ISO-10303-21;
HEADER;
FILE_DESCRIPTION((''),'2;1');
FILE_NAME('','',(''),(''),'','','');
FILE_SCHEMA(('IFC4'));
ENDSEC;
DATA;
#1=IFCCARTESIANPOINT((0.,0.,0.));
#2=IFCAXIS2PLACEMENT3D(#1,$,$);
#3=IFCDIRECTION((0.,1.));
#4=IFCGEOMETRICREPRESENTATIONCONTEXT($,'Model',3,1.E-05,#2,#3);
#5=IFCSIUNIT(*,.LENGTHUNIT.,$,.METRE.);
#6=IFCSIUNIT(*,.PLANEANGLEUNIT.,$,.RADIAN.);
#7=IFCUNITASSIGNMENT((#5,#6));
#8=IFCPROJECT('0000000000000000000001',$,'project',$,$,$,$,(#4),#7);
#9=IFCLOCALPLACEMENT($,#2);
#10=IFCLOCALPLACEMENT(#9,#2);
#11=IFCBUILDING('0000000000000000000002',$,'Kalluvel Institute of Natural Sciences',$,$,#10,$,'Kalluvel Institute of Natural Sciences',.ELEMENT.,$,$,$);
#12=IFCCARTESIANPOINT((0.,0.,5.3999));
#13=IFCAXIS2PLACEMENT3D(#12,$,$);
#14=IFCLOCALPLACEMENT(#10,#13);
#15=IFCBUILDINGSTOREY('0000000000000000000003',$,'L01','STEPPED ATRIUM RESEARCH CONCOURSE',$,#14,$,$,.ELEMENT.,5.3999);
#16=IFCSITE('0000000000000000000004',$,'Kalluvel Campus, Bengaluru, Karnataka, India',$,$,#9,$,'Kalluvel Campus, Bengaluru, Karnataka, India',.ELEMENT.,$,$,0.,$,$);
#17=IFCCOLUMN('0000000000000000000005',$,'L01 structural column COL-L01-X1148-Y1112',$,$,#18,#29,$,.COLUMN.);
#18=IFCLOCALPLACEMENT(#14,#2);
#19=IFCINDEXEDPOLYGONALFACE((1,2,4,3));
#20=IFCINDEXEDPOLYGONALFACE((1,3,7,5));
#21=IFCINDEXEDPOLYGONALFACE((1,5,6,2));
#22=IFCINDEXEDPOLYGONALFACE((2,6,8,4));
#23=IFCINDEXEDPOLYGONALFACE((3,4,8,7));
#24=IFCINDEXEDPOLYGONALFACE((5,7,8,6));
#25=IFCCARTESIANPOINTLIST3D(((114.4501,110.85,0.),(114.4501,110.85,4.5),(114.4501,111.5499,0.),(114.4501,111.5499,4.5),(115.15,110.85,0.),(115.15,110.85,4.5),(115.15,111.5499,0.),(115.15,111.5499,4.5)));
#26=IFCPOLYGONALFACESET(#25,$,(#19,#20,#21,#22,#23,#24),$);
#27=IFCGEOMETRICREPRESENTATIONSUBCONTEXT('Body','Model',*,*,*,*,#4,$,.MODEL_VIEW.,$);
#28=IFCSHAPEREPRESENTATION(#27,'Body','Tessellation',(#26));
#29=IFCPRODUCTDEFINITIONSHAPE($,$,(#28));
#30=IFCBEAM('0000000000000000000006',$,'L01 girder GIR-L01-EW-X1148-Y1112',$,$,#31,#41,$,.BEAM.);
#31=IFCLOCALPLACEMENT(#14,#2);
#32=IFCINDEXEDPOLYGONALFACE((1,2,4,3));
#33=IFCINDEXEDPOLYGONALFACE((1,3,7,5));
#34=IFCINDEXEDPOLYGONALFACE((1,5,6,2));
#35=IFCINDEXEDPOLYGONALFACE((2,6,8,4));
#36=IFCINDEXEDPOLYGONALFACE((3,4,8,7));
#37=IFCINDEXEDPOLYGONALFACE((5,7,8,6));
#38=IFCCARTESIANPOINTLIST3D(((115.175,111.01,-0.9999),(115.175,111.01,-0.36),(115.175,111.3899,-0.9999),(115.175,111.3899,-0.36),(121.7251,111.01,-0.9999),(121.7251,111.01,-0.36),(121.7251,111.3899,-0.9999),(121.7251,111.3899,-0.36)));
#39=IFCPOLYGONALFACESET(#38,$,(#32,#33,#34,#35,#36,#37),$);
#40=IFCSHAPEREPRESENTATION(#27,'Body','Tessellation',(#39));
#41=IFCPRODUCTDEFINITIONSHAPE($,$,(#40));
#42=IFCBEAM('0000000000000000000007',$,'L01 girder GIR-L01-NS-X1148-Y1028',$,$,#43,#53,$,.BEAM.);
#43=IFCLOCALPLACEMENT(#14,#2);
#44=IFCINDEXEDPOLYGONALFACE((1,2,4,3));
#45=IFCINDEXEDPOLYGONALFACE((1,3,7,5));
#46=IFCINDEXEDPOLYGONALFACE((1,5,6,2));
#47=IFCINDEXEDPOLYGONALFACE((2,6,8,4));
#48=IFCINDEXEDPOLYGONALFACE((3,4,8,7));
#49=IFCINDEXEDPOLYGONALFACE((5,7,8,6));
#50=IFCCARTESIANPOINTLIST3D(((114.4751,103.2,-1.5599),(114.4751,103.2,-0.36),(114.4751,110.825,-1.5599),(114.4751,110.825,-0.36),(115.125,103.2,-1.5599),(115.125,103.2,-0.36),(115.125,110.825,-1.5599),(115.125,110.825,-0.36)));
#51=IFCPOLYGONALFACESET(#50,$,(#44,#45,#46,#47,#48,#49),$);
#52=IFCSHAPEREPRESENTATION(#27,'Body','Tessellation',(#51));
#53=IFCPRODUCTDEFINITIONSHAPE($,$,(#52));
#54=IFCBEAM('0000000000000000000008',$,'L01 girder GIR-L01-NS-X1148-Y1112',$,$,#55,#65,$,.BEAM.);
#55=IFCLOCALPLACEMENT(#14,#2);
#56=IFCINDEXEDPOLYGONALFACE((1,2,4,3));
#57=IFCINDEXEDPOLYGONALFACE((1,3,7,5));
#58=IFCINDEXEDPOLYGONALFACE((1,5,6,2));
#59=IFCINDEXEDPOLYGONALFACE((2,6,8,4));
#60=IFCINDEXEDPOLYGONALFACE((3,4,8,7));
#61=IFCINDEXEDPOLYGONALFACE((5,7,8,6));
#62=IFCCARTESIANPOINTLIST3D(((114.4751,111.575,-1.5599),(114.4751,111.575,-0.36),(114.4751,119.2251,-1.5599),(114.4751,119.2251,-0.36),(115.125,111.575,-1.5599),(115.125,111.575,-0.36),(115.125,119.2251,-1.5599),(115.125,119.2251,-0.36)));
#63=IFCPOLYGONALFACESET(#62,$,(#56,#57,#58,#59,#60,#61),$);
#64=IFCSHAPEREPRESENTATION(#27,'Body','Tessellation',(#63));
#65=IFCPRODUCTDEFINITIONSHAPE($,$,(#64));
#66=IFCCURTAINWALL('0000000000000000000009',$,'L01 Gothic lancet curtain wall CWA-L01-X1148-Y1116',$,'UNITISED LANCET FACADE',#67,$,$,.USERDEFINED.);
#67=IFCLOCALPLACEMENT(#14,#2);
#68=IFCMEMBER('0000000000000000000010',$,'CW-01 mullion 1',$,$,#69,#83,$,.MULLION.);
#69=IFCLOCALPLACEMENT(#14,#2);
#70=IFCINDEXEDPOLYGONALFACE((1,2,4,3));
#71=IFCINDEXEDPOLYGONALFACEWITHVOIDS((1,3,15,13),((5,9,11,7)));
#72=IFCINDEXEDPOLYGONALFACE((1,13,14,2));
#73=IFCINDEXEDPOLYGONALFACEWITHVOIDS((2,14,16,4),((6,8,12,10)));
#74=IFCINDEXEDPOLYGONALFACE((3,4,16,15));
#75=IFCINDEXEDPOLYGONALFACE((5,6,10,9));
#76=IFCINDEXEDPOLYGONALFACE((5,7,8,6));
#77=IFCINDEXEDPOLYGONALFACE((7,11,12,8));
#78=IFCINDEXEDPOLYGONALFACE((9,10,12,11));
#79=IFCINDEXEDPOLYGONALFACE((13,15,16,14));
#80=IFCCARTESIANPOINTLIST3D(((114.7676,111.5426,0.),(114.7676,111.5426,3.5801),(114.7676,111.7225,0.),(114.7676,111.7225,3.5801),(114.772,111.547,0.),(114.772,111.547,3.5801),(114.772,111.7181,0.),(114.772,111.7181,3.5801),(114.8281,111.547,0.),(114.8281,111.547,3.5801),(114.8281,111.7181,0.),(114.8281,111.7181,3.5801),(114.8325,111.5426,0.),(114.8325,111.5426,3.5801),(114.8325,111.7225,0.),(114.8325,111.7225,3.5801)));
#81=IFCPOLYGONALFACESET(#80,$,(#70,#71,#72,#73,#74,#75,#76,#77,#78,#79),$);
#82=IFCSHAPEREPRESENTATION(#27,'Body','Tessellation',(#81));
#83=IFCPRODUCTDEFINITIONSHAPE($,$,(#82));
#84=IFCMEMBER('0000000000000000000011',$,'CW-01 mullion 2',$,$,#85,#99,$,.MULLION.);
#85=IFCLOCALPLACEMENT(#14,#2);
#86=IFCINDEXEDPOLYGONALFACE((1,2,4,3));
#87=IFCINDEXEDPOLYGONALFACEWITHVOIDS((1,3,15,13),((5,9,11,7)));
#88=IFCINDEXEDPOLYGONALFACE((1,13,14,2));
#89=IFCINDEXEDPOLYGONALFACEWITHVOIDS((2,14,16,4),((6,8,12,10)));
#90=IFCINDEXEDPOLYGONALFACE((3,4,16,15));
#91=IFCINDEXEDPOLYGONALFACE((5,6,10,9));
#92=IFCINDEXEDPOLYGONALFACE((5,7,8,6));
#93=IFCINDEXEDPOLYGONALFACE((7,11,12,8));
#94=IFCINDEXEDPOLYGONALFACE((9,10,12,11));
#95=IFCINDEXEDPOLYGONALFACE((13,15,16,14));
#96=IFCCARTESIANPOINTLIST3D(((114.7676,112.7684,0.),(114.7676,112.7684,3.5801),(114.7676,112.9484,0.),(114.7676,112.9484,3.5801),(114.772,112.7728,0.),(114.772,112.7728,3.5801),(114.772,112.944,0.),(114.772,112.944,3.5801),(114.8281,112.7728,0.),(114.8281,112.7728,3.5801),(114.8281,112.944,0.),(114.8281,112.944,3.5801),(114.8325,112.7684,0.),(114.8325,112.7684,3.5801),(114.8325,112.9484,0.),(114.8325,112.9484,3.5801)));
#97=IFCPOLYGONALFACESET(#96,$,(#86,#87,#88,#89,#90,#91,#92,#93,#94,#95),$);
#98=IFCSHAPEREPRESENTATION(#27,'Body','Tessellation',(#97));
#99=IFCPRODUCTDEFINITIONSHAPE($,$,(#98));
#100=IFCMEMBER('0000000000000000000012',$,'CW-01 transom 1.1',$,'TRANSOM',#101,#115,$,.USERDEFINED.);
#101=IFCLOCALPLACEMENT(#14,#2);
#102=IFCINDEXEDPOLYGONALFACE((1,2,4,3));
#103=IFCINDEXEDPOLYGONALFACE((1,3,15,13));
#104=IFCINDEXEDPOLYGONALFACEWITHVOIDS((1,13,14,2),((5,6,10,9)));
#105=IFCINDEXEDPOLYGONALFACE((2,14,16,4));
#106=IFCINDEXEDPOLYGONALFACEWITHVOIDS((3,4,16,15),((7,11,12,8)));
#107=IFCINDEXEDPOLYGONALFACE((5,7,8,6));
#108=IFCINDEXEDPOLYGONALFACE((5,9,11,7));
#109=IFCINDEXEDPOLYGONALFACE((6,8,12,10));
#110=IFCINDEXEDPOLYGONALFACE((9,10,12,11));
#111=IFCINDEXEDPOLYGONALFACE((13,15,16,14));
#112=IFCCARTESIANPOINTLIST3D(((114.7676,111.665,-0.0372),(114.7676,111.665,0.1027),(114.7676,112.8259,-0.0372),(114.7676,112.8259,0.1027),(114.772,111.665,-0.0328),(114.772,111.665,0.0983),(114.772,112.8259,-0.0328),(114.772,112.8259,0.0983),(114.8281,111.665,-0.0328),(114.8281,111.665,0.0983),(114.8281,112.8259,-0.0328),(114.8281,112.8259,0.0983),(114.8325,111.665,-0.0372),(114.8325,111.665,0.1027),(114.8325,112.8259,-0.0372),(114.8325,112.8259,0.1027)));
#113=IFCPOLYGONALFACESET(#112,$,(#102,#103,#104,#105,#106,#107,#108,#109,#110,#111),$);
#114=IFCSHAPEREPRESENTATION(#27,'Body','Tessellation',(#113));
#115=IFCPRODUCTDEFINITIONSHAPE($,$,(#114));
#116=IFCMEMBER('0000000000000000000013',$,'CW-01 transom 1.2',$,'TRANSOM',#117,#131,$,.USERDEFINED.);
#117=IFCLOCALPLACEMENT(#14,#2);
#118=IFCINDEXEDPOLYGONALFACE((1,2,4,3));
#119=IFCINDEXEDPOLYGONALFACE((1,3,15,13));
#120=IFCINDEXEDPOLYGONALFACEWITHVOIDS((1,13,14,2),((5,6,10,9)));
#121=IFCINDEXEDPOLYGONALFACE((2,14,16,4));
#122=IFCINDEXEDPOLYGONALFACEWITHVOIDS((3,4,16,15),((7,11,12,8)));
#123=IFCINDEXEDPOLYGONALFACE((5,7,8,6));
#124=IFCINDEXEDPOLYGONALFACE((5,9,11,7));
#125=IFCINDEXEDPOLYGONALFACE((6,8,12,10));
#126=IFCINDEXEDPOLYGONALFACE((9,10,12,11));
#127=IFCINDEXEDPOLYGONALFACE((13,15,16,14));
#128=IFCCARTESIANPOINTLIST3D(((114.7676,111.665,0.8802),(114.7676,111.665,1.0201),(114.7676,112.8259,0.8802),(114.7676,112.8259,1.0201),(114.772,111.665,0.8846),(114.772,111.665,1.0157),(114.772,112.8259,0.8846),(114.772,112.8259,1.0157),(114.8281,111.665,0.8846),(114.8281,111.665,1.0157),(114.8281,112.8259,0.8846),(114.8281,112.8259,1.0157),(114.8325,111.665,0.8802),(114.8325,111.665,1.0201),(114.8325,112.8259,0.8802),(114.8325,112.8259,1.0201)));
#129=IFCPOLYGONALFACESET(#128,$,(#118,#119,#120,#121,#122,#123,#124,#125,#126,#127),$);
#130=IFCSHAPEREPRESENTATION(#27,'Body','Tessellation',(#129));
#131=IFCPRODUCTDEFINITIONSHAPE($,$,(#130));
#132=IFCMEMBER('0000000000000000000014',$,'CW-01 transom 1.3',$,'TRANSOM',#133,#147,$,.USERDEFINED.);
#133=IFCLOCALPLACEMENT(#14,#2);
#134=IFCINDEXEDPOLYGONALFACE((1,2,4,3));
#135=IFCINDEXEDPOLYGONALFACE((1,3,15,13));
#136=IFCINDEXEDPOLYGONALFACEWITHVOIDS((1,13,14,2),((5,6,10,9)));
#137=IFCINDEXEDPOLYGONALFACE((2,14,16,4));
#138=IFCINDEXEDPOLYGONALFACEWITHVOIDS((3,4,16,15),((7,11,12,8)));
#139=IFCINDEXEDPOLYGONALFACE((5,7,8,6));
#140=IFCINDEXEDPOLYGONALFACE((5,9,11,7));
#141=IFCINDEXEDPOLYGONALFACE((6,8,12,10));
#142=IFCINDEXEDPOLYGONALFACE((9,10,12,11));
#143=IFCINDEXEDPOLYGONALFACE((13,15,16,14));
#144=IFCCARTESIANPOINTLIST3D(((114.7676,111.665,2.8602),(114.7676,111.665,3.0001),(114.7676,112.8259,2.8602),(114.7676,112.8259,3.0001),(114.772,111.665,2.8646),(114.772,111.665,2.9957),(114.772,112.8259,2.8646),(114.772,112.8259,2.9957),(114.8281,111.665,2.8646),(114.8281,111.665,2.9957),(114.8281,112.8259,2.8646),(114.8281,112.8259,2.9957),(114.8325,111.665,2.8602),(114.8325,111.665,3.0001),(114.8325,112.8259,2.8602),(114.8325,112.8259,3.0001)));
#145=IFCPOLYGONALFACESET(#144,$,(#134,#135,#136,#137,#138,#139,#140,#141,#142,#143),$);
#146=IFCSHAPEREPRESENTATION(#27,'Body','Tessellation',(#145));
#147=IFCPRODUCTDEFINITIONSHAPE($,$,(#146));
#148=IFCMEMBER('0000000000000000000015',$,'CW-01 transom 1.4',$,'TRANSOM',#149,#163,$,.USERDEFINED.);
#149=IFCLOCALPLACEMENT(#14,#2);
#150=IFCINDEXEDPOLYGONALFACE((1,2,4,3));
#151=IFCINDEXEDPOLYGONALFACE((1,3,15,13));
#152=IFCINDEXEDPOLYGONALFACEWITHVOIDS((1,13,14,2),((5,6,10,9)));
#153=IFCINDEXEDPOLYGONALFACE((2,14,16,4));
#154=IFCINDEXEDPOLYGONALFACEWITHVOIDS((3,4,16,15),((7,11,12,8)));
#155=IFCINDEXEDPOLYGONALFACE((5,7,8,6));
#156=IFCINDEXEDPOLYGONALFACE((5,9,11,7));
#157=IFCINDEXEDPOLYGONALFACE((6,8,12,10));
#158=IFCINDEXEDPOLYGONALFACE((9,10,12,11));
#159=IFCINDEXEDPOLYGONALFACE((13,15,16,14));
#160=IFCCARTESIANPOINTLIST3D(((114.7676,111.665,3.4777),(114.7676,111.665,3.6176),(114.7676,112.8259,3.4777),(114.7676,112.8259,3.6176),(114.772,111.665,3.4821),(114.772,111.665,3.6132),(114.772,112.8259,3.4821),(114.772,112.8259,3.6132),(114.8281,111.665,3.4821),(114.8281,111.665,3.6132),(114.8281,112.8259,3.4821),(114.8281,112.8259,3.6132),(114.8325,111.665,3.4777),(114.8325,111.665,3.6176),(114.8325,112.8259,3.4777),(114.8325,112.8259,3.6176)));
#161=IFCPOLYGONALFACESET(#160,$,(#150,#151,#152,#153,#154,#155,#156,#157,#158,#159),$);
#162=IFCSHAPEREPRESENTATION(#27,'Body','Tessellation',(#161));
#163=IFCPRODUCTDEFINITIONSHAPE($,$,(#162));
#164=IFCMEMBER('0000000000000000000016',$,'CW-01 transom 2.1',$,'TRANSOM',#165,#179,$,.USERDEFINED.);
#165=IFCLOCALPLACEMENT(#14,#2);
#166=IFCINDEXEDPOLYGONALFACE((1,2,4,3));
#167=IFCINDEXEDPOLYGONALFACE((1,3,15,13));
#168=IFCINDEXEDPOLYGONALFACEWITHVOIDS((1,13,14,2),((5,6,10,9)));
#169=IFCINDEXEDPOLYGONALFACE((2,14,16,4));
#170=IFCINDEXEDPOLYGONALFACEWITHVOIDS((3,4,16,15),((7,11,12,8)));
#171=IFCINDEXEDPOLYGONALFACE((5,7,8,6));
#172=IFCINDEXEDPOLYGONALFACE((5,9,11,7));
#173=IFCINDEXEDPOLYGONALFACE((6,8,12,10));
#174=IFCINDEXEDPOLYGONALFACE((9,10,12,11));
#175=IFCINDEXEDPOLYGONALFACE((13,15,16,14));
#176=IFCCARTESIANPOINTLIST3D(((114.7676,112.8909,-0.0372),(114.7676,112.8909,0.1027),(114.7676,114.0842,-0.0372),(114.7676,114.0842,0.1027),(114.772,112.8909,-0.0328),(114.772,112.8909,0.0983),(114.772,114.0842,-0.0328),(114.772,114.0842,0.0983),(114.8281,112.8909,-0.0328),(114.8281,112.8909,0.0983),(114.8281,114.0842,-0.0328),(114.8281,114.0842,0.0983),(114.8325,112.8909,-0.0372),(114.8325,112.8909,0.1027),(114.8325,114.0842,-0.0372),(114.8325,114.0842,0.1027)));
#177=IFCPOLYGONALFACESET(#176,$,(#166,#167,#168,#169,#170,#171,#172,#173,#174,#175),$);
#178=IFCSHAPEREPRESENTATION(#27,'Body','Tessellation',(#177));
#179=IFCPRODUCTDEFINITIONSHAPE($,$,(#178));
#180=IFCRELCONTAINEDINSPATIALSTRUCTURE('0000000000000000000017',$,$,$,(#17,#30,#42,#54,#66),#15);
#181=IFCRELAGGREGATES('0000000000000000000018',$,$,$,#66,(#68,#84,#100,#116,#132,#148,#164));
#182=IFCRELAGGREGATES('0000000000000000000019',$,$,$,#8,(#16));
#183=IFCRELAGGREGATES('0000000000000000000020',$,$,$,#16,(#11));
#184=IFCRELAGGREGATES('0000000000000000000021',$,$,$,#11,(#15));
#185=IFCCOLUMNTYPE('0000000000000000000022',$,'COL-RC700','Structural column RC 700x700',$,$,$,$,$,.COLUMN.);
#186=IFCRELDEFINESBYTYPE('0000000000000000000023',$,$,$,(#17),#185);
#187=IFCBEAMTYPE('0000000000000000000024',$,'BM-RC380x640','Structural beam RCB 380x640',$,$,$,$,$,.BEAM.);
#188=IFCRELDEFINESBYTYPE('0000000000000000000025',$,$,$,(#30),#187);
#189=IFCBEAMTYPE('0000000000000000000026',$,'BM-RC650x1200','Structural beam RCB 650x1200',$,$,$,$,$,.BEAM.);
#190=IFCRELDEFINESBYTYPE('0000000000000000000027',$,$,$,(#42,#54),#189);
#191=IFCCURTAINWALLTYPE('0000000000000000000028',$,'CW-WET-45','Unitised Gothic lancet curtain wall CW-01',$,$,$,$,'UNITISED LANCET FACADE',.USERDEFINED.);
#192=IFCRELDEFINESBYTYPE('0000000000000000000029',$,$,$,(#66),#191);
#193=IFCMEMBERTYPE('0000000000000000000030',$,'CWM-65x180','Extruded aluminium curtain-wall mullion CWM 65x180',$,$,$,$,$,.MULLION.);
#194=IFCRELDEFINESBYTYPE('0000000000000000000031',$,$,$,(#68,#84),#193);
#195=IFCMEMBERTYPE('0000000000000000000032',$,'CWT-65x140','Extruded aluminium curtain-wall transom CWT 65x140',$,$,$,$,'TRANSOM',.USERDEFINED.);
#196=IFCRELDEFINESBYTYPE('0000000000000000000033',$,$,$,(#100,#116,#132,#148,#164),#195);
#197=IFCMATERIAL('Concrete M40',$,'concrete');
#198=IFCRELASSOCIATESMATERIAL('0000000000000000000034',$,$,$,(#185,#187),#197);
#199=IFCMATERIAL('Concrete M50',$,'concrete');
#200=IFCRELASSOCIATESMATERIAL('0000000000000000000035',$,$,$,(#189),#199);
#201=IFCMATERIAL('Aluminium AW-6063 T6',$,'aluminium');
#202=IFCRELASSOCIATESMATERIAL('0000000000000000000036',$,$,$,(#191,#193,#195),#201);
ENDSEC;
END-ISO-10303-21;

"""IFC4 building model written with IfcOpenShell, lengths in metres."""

from ifc_helpers import new_model, si_unit, direction, frame, origin, origin_2d, place, context, subcontext, project, spatial, rectangle, hollow_rectangle, extrude, material, material_profile, profile_set, type_object, element, aggregate, save


model = new_model("IFC4")

# Units and contexts
model_context = context("Model", 3, precision=1e-05, world=origin(), true_north=direction((0.0, 1.0)))
body_context = subcontext(model_context, "Body", "Model", "MODEL_VIEW")
ifc_project = project(units=[si_unit("LENGTHUNIT", "METRE"), si_unit("PLANEANGLEUNIT", "RADIAN")], contexts=[model_context])

# Site, building, storey
site_placement = place(None, origin())
site = spatial("IfcSite", under=ifc_project, at=site_placement, Name="Kalluvel Campus, Bengaluru, Karnataka, India", LongName="Kalluvel Campus, Bengaluru, Karnataka, India", CompositionType="ELEMENT", RefElevation=0.0)
building_placement = place(site_placement, origin())
building = spatial("IfcBuilding", under=site, at=building_placement, Name="Kalluvel Institute of Natural Sciences", LongName="Kalluvel Institute of Natural Sciences", CompositionType="ELEMENT")
storey_placement = place(building_placement, frame((0.0, 0.0, 5.3999)))
storey = spatial("IfcBuildingStorey", under=building, at=storey_placement, Name="L01", Description="STEPPED ATRIUM RESEARCH CONCOURSE", CompositionType="ELEMENT", Elevation=5.3999)

# Column
ifc_material_1 = material(Name="Concrete M40", Category="concrete")
ifc_material_profile_1 = material_profile(ifc_material_1, rectangle(XDim=0.7, YDim=0.7, at=origin_2d()), Name="RC 700x700")
ifc_profile_set_1 = profile_set([ifc_material_profile_1], Name="Concrete M40")
column_type = type_object("IfcColumnType", Name="COL-RC700", Description="Structural column RC 700x700", PredefinedType="COLUMN", material=ifc_profile_set_1)
column_placement = place(storey_placement, frame((114.8, 111.2, 0.0), z_axis=(0.0, 0.0, 1.0), x_axis=(1.0, 0.0, 0.0)))
element("IfcColumn", 1, at=column_placement, inside=storey, type_object=column_type, Name="L01 structural column COL-L01-X1148-Y1112", PredefinedType="COLUMN", context=body_context, shape_type="SweptSolid", body=[
    extrude(rectangle(XDim=0.7, YDim=0.7, at=origin_2d()), origin(), (0.0, 0.0, 1.0), 4.5),
])

# Beams
ifc_material_profile_2 = material_profile(ifc_material_1, rectangle(XDim=0.3799, YDim=0.6399, at=origin_2d()), Name="RCB 380x640")
ifc_profile_set_2 = profile_set([ifc_material_profile_2], Name="Concrete M40")
beam_type_1 = type_object("IfcBeamType", Name="BM-RC380x640", Description="Structural beam RCB 380x640", PredefinedType="BEAM", material=ifc_profile_set_2)
beam_1_placement = place(storey_placement, frame((115.175, 111.2, -0.6799), z_axis=(1.0, 0.0, 0.0), x_axis=(0.0, 1.0, 0.0)))
element("IfcBeam", 2, at=beam_1_placement, inside=storey, type_object=beam_type_1, Name="L01 girder GIR-L01-EW-X1148-Y1112", PredefinedType="BEAM", context=body_context, shape_type="SweptSolid", body=[
    extrude(rectangle(XDim=0.3799, YDim=0.6399, at=origin_2d()), origin(), (0.0, 0.0, 1.0), 6.55),
])
ifc_material_2 = material(Name="Concrete M50", Category="concrete")
ifc_material_profile_3 = material_profile(ifc_material_2, rectangle(XDim=0.6499, YDim=1.2, at=origin_2d()), Name="RCB 650x1200")
ifc_profile_set_3 = profile_set([ifc_material_profile_3], Name="Concrete M50")
beam_type_2 = type_object("IfcBeamType", Name="BM-RC650x1200", Description="Structural beam RCB 650x1200", PredefinedType="BEAM", material=ifc_profile_set_3)
beam_2_placement = place(storey_placement, frame((114.8, 103.2, -0.96), z_axis=(0.0, 1.0, 0.0), x_axis=(-1.0, 0.0, 0.0)))
element("IfcBeam", 3, at=beam_2_placement, inside=storey, type_object=beam_type_2, Name="L01 girder GIR-L01-NS-X1148-Y1028", PredefinedType="BEAM", context=body_context, shape_type="SweptSolid", body=[
    extrude(rectangle(XDim=0.6499, YDim=1.2, at=origin_2d()), origin(), (0.0, 0.0, 1.0), 7.625),
])
beam_3_placement = place(storey_placement, frame((114.8, 111.575, -0.96), z_axis=(0.0, 1.0, 0.0), x_axis=(-1.0, 0.0, 0.0)))
element("IfcBeam", 4, at=beam_3_placement, inside=storey, type_object=beam_type_2, Name="L01 girder GIR-L01-NS-X1148-Y1112", PredefinedType="BEAM", context=body_context, shape_type="SweptSolid", body=[
    extrude(rectangle(XDim=0.6499, YDim=1.2, at=origin_2d()), origin(), (0.0, 0.0, 1.0), 7.6501),
])

# Curtain wall, members
ifc_material_3 = material(Name="Aluminium AW-6063 T6", Category="aluminium")
curtain_wall_type = type_object("IfcCurtainWallType", Name="CW-WET-45", Description="Unitised Gothic lancet curtain wall CW-01", ElementType="UNITISED LANCET FACADE", PredefinedType="USERDEFINED", material=ifc_material_3)
curtain_wall_placement = place(storey_placement, origin())
curtain_wall = element("IfcCurtainWall", 5, at=curtain_wall_placement, inside=storey, type_object=curtain_wall_type, Name="L01 Gothic lancet curtain wall CWA-L01-X1148-Y1116", ObjectType="UNITISED LANCET FACADE", PredefinedType="USERDEFINED")
ifc_material_profile_4 = material_profile(ifc_material_3, hollow_rectangle(XDim=0.0649, YDim=0.1799, WallThickness=0.0044, at=origin_2d()), Name="CWM 65x180")
ifc_profile_set_4 = profile_set([ifc_material_profile_4], Name="Aluminium AW-6063 T6")
member_type_1 = type_object("IfcMemberType", Name="CWM-65x180", Description="Extruded aluminium curtain-wall mullion CWM 65x180", PredefinedType="MULLION", material=ifc_profile_set_4)
member_1_placement = place(storey_placement, frame((114.8, 111.6326, 0.0), z_axis=(0.0, 0.0, 1.0), x_axis=(-1.0, 0.0, 0.0)))
member_1 = element("IfcMember", 6, at=member_1_placement, type_object=member_type_1, Name="CW-01 mullion 1", PredefinedType="MULLION", context=body_context, shape_type="SweptSolid", body=[
    extrude(hollow_rectangle(XDim=0.0649, YDim=0.1799, WallThickness=0.0044, at=origin_2d()), origin(), (0.0, 0.0, 1.0), 3.5801),
])
member_2_placement = place(storey_placement, frame((114.8, 112.8584, 0.0), z_axis=(0.0, 0.0, 1.0), x_axis=(-1.0, 0.0, 0.0)))
member_2 = element("IfcMember", 7, at=member_2_placement, type_object=member_type_1, Name="CW-01 mullion 2", PredefinedType="MULLION", context=body_context, shape_type="SweptSolid", body=[
    extrude(hollow_rectangle(XDim=0.0649, YDim=0.1799, WallThickness=0.0044, at=origin_2d()), origin(), (0.0, 0.0, 1.0), 3.5801),
])
ifc_material_profile_5 = material_profile(ifc_material_3, hollow_rectangle(XDim=0.0649, YDim=0.1399, WallThickness=0.0044, at=origin_2d()), Name="CWT 65x140")
ifc_profile_set_5 = profile_set([ifc_material_profile_5], Name="Aluminium AW-6063 T6")
member_type_2 = type_object("IfcMemberType", Name="CWT-65x140", Description="Extruded aluminium curtain-wall transom CWT 65x140", ElementType="TRANSOM", PredefinedType="USERDEFINED", material=ifc_profile_set_5)
member_3_placement = place(storey_placement, frame((114.8, 111.665, 0.0327), z_axis=(0.0, 1.0, 0.0), x_axis=(-1.0, 0.0, 0.0)))
member_3 = element("IfcMember", 8, at=member_3_placement, type_object=member_type_2, Name="CW-01 transom 1.1", ObjectType="TRANSOM", PredefinedType="USERDEFINED", context=body_context, shape_type="SweptSolid", body=[
    extrude(hollow_rectangle(XDim=0.0649, YDim=0.1399, WallThickness=0.0044, at=origin_2d()), origin(), (0.0, 0.0, 1.0), 1.1609),
])
member_4_placement = place(storey_placement, frame((114.8, 111.665, 0.9502), z_axis=(0.0, 1.0, 0.0), x_axis=(-1.0, 0.0, 0.0)))
member_4 = element("IfcMember", 9, at=member_4_placement, type_object=member_type_2, Name="CW-01 transom 1.2", ObjectType="TRANSOM", PredefinedType="USERDEFINED", context=body_context, shape_type="SweptSolid", body=[
    extrude(hollow_rectangle(XDim=0.0649, YDim=0.1399, WallThickness=0.0044, at=origin_2d()), origin(), (0.0, 0.0, 1.0), 1.1609),
])
member_5_placement = place(storey_placement, frame((114.8, 111.665, 2.9302), z_axis=(0.0, 1.0, 0.0), x_axis=(-1.0, 0.0, 0.0)))
member_5 = element("IfcMember", 10, at=member_5_placement, type_object=member_type_2, Name="CW-01 transom 1.3", ObjectType="TRANSOM", PredefinedType="USERDEFINED", context=body_context, shape_type="SweptSolid", body=[
    extrude(hollow_rectangle(XDim=0.0649, YDim=0.1399, WallThickness=0.0044, at=origin_2d()), origin(), (0.0, 0.0, 1.0), 1.1609),
])
member_6_placement = place(storey_placement, frame((114.8, 111.665, 3.5476), z_axis=(0.0, 1.0, 0.0), x_axis=(-1.0, 0.0, 0.0)))
member_6 = element("IfcMember", 11, at=member_6_placement, type_object=member_type_2, Name="CW-01 transom 1.4", ObjectType="TRANSOM", PredefinedType="USERDEFINED", context=body_context, shape_type="SweptSolid", body=[
    extrude(hollow_rectangle(XDim=0.0649, YDim=0.1399, WallThickness=0.0044, at=origin_2d()), origin(), (0.0, 0.0, 1.0), 1.1609),
])
member_7_placement = place(storey_placement, frame((114.8, 112.8909, 0.0327), z_axis=(0.0, 1.0, 0.0), x_axis=(-1.0, 0.0, 0.0)))
member_7 = element("IfcMember", 12, at=member_7_placement, type_object=member_type_2, Name="CW-01 transom 2.1", ObjectType="TRANSOM", PredefinedType="USERDEFINED", context=body_context, shape_type="SweptSolid", body=[
    extrude(hollow_rectangle(XDim=0.0649, YDim=0.1399, WallThickness=0.0044, at=origin_2d()), origin(), (0.0, 0.0, 1.0), 1.1934),
])

aggregate(curtain_wall, [member_1, member_2, member_3, member_4, member_5, member_6, member_7])

save(model, "model.ifc")
